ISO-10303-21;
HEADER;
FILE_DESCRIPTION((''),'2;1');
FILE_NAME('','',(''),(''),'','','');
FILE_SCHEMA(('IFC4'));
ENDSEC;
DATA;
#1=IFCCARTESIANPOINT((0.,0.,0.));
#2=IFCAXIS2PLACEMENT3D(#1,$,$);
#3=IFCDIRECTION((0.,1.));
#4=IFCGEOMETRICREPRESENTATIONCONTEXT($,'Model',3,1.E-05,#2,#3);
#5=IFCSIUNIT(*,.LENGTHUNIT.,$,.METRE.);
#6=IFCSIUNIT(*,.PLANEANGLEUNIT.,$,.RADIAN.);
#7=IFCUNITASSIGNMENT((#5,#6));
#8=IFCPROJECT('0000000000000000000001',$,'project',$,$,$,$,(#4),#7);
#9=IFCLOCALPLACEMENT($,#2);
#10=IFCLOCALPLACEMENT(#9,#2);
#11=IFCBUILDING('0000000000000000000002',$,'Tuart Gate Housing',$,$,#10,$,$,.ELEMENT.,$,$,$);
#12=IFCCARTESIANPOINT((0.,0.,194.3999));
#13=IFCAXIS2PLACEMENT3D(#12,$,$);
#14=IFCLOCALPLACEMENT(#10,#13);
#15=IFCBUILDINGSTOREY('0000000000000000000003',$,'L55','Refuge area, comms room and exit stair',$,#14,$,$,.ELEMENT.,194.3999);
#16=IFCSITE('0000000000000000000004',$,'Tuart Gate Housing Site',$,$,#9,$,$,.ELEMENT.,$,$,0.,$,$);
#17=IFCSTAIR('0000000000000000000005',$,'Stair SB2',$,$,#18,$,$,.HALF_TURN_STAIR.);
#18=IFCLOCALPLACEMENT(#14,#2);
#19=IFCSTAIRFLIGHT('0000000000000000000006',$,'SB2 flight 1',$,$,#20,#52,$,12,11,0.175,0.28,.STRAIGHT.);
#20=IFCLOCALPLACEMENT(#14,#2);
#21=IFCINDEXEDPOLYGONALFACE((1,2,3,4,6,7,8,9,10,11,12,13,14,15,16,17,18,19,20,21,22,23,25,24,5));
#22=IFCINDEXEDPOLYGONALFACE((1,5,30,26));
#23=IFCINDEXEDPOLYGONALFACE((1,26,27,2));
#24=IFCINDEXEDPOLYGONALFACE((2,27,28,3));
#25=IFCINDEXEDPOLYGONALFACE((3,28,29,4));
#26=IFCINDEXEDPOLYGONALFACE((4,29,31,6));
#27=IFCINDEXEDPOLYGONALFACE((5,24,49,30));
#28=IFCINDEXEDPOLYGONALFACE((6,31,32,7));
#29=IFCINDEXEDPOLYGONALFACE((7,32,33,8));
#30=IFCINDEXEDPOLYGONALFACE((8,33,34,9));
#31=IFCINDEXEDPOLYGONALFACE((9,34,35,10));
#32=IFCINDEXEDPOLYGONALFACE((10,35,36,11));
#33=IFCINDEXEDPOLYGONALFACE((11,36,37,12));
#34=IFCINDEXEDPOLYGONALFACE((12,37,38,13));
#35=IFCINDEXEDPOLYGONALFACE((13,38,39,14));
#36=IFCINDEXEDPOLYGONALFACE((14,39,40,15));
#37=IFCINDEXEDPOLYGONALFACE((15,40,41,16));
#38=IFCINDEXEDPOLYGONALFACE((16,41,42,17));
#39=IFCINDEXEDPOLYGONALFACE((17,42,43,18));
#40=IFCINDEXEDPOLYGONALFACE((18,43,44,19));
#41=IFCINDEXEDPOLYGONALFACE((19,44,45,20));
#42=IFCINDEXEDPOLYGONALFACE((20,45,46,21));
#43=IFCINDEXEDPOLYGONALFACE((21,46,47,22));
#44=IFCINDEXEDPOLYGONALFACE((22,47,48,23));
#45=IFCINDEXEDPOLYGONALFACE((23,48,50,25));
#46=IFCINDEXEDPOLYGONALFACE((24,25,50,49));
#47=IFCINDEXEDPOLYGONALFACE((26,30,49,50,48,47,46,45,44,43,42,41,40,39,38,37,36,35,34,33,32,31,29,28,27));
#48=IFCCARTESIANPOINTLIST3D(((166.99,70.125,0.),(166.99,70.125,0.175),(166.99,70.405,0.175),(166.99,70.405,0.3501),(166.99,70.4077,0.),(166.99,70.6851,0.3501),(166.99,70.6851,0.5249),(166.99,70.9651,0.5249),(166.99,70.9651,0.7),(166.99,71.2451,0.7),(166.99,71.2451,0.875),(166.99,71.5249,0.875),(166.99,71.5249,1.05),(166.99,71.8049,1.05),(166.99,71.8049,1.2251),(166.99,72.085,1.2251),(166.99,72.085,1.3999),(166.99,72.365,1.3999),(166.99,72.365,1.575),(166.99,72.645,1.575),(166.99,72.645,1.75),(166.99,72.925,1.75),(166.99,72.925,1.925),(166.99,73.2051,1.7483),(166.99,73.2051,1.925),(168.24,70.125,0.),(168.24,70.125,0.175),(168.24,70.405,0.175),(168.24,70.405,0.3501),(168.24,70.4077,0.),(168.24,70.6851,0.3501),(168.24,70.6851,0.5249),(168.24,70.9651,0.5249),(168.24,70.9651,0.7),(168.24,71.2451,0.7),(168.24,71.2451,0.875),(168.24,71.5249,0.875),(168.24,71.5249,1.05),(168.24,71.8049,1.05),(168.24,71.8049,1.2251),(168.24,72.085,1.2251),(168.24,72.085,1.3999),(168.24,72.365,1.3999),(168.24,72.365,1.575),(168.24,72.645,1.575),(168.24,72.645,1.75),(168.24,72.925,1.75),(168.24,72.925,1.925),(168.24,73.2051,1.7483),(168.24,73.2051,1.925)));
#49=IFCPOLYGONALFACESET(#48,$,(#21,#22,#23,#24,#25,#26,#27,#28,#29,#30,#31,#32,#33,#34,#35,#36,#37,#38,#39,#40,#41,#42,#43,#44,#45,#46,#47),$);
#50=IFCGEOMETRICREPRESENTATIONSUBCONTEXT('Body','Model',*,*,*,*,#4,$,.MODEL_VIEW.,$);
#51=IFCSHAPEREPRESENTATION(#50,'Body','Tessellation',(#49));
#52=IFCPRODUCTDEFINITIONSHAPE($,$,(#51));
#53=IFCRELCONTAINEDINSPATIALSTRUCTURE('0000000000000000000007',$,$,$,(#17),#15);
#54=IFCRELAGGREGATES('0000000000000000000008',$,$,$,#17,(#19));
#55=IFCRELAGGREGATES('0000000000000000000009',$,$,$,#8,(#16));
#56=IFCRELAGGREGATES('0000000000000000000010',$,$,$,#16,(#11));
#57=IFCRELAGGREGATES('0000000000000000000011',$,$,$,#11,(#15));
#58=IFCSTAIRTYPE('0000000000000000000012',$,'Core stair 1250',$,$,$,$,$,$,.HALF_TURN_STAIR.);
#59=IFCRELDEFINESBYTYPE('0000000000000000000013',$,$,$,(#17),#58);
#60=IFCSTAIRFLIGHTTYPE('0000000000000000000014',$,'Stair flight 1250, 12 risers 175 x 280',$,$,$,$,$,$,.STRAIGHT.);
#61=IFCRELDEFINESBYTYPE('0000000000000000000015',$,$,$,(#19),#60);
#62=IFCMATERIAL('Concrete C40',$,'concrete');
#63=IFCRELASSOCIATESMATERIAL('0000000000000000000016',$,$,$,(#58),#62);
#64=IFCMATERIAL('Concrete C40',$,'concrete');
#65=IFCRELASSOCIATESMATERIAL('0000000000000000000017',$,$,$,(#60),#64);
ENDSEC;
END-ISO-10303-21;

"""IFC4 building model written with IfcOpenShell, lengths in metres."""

from ifc_helpers import new_model, si_unit, direction, frame, origin, place, context, subcontext, project, spatial, polyline, outline, extrude, material, type_object, element, aggregate, save


model = new_model("IFC4")

# Units and contexts
model_context = context("Model", 3, precision=1e-05, world=origin(), true_north=direction((0.0, 1.0)))
body_context = subcontext(model_context, "Body", "Model", "MODEL_VIEW")
ifc_project = project(units=[si_unit("LENGTHUNIT", "METRE"), si_unit("PLANEANGLEUNIT", "RADIAN")], contexts=[model_context])

# Site, building, storey
site_placement = place(None, origin())
site = spatial("IfcSite", under=ifc_project, at=site_placement, Name="Tuart Gate Housing Site", CompositionType="ELEMENT", RefElevation=0.0)
building_placement = place(site_placement, origin())
building = spatial("IfcBuilding", under=site, at=building_placement, Name="Tuart Gate Housing", CompositionType="ELEMENT")
storey_placement = place(building_placement, frame((0.0, 0.0, 194.3999)))
storey = spatial("IfcBuildingStorey", under=building, at=storey_placement, Name="L55", Description="Refuge area, comms room and exit stair", CompositionType="ELEMENT", Elevation=194.3999)

# Stair, stair flight
ifc_material_1 = material(Name="Concrete C40", Category="concrete")
stair_type = type_object("IfcStairType", Name="Core stair 1250", PredefinedType="HALF_TURN_STAIR", material=ifc_material_1)
stair_placement = place(storey_placement, origin())
stair = element("IfcStair", 1, at=stair_placement, inside=storey, type_object=stair_type, Name="Stair SB2", PredefinedType="HALF_TURN_STAIR")
ifc_material_2 = material(Name="Concrete C40", Category="concrete")
stair_flight_type = type_object("IfcStairFlightType", Name="Stair flight 1250, 12 risers 175 x 280", PredefinedType="STRAIGHT", material=ifc_material_2)
stair_flight_placement = place(storey_placement, frame((167.615, 70.125, 0.0), z_axis=(0.0, 0.0, 1.0), x_axis=(0.0, 1.0, 0.0)))
stair_flight = element("IfcStairFlight", 2, at=stair_flight_placement, type_object=stair_flight_type, Name="SB2 flight 1", NumberOfRisers=12, NumberOfTreads=11, PredefinedType="STRAIGHT", RiserHeight=0.175, TreadLength=0.28, context=body_context, shape_type="SweptSolid", body=[
    extrude(outline(polyline([(0.0, 0.0), (0.0, 0.175), (0.28, 0.175), (0.28, 0.3501), (0.5601, 0.3501), (0.5601, 0.5249), (0.8401, 0.5249), (0.8401, 0.7), (1.1201, 0.7), (1.1201, 0.875), (1.3999, 0.875), (1.3999, 1.05), (1.6799, 1.05), (1.6799, 1.2251), (1.96, 1.2251), (1.96, 1.3999), (2.24, 1.3999), (2.24, 1.575), (2.52, 1.575), (2.52, 1.75), (2.8, 1.75), (2.8, 1.925), (3.0801, 1.925), (3.0801, 2.1001), (3.0801, 1.7483), (0.2827, 0.0), (0.0, 0.0)])), frame((0.0, 0.625, 0.0), z_axis=(0.0, -1.0, 0.0), x_axis=(1.0, 0.0, 0.0)), (0.0, 0.0, 1.0), 1.25),
])
aggregate(stair, [stair_flight])

save(model, "model.ifc")
